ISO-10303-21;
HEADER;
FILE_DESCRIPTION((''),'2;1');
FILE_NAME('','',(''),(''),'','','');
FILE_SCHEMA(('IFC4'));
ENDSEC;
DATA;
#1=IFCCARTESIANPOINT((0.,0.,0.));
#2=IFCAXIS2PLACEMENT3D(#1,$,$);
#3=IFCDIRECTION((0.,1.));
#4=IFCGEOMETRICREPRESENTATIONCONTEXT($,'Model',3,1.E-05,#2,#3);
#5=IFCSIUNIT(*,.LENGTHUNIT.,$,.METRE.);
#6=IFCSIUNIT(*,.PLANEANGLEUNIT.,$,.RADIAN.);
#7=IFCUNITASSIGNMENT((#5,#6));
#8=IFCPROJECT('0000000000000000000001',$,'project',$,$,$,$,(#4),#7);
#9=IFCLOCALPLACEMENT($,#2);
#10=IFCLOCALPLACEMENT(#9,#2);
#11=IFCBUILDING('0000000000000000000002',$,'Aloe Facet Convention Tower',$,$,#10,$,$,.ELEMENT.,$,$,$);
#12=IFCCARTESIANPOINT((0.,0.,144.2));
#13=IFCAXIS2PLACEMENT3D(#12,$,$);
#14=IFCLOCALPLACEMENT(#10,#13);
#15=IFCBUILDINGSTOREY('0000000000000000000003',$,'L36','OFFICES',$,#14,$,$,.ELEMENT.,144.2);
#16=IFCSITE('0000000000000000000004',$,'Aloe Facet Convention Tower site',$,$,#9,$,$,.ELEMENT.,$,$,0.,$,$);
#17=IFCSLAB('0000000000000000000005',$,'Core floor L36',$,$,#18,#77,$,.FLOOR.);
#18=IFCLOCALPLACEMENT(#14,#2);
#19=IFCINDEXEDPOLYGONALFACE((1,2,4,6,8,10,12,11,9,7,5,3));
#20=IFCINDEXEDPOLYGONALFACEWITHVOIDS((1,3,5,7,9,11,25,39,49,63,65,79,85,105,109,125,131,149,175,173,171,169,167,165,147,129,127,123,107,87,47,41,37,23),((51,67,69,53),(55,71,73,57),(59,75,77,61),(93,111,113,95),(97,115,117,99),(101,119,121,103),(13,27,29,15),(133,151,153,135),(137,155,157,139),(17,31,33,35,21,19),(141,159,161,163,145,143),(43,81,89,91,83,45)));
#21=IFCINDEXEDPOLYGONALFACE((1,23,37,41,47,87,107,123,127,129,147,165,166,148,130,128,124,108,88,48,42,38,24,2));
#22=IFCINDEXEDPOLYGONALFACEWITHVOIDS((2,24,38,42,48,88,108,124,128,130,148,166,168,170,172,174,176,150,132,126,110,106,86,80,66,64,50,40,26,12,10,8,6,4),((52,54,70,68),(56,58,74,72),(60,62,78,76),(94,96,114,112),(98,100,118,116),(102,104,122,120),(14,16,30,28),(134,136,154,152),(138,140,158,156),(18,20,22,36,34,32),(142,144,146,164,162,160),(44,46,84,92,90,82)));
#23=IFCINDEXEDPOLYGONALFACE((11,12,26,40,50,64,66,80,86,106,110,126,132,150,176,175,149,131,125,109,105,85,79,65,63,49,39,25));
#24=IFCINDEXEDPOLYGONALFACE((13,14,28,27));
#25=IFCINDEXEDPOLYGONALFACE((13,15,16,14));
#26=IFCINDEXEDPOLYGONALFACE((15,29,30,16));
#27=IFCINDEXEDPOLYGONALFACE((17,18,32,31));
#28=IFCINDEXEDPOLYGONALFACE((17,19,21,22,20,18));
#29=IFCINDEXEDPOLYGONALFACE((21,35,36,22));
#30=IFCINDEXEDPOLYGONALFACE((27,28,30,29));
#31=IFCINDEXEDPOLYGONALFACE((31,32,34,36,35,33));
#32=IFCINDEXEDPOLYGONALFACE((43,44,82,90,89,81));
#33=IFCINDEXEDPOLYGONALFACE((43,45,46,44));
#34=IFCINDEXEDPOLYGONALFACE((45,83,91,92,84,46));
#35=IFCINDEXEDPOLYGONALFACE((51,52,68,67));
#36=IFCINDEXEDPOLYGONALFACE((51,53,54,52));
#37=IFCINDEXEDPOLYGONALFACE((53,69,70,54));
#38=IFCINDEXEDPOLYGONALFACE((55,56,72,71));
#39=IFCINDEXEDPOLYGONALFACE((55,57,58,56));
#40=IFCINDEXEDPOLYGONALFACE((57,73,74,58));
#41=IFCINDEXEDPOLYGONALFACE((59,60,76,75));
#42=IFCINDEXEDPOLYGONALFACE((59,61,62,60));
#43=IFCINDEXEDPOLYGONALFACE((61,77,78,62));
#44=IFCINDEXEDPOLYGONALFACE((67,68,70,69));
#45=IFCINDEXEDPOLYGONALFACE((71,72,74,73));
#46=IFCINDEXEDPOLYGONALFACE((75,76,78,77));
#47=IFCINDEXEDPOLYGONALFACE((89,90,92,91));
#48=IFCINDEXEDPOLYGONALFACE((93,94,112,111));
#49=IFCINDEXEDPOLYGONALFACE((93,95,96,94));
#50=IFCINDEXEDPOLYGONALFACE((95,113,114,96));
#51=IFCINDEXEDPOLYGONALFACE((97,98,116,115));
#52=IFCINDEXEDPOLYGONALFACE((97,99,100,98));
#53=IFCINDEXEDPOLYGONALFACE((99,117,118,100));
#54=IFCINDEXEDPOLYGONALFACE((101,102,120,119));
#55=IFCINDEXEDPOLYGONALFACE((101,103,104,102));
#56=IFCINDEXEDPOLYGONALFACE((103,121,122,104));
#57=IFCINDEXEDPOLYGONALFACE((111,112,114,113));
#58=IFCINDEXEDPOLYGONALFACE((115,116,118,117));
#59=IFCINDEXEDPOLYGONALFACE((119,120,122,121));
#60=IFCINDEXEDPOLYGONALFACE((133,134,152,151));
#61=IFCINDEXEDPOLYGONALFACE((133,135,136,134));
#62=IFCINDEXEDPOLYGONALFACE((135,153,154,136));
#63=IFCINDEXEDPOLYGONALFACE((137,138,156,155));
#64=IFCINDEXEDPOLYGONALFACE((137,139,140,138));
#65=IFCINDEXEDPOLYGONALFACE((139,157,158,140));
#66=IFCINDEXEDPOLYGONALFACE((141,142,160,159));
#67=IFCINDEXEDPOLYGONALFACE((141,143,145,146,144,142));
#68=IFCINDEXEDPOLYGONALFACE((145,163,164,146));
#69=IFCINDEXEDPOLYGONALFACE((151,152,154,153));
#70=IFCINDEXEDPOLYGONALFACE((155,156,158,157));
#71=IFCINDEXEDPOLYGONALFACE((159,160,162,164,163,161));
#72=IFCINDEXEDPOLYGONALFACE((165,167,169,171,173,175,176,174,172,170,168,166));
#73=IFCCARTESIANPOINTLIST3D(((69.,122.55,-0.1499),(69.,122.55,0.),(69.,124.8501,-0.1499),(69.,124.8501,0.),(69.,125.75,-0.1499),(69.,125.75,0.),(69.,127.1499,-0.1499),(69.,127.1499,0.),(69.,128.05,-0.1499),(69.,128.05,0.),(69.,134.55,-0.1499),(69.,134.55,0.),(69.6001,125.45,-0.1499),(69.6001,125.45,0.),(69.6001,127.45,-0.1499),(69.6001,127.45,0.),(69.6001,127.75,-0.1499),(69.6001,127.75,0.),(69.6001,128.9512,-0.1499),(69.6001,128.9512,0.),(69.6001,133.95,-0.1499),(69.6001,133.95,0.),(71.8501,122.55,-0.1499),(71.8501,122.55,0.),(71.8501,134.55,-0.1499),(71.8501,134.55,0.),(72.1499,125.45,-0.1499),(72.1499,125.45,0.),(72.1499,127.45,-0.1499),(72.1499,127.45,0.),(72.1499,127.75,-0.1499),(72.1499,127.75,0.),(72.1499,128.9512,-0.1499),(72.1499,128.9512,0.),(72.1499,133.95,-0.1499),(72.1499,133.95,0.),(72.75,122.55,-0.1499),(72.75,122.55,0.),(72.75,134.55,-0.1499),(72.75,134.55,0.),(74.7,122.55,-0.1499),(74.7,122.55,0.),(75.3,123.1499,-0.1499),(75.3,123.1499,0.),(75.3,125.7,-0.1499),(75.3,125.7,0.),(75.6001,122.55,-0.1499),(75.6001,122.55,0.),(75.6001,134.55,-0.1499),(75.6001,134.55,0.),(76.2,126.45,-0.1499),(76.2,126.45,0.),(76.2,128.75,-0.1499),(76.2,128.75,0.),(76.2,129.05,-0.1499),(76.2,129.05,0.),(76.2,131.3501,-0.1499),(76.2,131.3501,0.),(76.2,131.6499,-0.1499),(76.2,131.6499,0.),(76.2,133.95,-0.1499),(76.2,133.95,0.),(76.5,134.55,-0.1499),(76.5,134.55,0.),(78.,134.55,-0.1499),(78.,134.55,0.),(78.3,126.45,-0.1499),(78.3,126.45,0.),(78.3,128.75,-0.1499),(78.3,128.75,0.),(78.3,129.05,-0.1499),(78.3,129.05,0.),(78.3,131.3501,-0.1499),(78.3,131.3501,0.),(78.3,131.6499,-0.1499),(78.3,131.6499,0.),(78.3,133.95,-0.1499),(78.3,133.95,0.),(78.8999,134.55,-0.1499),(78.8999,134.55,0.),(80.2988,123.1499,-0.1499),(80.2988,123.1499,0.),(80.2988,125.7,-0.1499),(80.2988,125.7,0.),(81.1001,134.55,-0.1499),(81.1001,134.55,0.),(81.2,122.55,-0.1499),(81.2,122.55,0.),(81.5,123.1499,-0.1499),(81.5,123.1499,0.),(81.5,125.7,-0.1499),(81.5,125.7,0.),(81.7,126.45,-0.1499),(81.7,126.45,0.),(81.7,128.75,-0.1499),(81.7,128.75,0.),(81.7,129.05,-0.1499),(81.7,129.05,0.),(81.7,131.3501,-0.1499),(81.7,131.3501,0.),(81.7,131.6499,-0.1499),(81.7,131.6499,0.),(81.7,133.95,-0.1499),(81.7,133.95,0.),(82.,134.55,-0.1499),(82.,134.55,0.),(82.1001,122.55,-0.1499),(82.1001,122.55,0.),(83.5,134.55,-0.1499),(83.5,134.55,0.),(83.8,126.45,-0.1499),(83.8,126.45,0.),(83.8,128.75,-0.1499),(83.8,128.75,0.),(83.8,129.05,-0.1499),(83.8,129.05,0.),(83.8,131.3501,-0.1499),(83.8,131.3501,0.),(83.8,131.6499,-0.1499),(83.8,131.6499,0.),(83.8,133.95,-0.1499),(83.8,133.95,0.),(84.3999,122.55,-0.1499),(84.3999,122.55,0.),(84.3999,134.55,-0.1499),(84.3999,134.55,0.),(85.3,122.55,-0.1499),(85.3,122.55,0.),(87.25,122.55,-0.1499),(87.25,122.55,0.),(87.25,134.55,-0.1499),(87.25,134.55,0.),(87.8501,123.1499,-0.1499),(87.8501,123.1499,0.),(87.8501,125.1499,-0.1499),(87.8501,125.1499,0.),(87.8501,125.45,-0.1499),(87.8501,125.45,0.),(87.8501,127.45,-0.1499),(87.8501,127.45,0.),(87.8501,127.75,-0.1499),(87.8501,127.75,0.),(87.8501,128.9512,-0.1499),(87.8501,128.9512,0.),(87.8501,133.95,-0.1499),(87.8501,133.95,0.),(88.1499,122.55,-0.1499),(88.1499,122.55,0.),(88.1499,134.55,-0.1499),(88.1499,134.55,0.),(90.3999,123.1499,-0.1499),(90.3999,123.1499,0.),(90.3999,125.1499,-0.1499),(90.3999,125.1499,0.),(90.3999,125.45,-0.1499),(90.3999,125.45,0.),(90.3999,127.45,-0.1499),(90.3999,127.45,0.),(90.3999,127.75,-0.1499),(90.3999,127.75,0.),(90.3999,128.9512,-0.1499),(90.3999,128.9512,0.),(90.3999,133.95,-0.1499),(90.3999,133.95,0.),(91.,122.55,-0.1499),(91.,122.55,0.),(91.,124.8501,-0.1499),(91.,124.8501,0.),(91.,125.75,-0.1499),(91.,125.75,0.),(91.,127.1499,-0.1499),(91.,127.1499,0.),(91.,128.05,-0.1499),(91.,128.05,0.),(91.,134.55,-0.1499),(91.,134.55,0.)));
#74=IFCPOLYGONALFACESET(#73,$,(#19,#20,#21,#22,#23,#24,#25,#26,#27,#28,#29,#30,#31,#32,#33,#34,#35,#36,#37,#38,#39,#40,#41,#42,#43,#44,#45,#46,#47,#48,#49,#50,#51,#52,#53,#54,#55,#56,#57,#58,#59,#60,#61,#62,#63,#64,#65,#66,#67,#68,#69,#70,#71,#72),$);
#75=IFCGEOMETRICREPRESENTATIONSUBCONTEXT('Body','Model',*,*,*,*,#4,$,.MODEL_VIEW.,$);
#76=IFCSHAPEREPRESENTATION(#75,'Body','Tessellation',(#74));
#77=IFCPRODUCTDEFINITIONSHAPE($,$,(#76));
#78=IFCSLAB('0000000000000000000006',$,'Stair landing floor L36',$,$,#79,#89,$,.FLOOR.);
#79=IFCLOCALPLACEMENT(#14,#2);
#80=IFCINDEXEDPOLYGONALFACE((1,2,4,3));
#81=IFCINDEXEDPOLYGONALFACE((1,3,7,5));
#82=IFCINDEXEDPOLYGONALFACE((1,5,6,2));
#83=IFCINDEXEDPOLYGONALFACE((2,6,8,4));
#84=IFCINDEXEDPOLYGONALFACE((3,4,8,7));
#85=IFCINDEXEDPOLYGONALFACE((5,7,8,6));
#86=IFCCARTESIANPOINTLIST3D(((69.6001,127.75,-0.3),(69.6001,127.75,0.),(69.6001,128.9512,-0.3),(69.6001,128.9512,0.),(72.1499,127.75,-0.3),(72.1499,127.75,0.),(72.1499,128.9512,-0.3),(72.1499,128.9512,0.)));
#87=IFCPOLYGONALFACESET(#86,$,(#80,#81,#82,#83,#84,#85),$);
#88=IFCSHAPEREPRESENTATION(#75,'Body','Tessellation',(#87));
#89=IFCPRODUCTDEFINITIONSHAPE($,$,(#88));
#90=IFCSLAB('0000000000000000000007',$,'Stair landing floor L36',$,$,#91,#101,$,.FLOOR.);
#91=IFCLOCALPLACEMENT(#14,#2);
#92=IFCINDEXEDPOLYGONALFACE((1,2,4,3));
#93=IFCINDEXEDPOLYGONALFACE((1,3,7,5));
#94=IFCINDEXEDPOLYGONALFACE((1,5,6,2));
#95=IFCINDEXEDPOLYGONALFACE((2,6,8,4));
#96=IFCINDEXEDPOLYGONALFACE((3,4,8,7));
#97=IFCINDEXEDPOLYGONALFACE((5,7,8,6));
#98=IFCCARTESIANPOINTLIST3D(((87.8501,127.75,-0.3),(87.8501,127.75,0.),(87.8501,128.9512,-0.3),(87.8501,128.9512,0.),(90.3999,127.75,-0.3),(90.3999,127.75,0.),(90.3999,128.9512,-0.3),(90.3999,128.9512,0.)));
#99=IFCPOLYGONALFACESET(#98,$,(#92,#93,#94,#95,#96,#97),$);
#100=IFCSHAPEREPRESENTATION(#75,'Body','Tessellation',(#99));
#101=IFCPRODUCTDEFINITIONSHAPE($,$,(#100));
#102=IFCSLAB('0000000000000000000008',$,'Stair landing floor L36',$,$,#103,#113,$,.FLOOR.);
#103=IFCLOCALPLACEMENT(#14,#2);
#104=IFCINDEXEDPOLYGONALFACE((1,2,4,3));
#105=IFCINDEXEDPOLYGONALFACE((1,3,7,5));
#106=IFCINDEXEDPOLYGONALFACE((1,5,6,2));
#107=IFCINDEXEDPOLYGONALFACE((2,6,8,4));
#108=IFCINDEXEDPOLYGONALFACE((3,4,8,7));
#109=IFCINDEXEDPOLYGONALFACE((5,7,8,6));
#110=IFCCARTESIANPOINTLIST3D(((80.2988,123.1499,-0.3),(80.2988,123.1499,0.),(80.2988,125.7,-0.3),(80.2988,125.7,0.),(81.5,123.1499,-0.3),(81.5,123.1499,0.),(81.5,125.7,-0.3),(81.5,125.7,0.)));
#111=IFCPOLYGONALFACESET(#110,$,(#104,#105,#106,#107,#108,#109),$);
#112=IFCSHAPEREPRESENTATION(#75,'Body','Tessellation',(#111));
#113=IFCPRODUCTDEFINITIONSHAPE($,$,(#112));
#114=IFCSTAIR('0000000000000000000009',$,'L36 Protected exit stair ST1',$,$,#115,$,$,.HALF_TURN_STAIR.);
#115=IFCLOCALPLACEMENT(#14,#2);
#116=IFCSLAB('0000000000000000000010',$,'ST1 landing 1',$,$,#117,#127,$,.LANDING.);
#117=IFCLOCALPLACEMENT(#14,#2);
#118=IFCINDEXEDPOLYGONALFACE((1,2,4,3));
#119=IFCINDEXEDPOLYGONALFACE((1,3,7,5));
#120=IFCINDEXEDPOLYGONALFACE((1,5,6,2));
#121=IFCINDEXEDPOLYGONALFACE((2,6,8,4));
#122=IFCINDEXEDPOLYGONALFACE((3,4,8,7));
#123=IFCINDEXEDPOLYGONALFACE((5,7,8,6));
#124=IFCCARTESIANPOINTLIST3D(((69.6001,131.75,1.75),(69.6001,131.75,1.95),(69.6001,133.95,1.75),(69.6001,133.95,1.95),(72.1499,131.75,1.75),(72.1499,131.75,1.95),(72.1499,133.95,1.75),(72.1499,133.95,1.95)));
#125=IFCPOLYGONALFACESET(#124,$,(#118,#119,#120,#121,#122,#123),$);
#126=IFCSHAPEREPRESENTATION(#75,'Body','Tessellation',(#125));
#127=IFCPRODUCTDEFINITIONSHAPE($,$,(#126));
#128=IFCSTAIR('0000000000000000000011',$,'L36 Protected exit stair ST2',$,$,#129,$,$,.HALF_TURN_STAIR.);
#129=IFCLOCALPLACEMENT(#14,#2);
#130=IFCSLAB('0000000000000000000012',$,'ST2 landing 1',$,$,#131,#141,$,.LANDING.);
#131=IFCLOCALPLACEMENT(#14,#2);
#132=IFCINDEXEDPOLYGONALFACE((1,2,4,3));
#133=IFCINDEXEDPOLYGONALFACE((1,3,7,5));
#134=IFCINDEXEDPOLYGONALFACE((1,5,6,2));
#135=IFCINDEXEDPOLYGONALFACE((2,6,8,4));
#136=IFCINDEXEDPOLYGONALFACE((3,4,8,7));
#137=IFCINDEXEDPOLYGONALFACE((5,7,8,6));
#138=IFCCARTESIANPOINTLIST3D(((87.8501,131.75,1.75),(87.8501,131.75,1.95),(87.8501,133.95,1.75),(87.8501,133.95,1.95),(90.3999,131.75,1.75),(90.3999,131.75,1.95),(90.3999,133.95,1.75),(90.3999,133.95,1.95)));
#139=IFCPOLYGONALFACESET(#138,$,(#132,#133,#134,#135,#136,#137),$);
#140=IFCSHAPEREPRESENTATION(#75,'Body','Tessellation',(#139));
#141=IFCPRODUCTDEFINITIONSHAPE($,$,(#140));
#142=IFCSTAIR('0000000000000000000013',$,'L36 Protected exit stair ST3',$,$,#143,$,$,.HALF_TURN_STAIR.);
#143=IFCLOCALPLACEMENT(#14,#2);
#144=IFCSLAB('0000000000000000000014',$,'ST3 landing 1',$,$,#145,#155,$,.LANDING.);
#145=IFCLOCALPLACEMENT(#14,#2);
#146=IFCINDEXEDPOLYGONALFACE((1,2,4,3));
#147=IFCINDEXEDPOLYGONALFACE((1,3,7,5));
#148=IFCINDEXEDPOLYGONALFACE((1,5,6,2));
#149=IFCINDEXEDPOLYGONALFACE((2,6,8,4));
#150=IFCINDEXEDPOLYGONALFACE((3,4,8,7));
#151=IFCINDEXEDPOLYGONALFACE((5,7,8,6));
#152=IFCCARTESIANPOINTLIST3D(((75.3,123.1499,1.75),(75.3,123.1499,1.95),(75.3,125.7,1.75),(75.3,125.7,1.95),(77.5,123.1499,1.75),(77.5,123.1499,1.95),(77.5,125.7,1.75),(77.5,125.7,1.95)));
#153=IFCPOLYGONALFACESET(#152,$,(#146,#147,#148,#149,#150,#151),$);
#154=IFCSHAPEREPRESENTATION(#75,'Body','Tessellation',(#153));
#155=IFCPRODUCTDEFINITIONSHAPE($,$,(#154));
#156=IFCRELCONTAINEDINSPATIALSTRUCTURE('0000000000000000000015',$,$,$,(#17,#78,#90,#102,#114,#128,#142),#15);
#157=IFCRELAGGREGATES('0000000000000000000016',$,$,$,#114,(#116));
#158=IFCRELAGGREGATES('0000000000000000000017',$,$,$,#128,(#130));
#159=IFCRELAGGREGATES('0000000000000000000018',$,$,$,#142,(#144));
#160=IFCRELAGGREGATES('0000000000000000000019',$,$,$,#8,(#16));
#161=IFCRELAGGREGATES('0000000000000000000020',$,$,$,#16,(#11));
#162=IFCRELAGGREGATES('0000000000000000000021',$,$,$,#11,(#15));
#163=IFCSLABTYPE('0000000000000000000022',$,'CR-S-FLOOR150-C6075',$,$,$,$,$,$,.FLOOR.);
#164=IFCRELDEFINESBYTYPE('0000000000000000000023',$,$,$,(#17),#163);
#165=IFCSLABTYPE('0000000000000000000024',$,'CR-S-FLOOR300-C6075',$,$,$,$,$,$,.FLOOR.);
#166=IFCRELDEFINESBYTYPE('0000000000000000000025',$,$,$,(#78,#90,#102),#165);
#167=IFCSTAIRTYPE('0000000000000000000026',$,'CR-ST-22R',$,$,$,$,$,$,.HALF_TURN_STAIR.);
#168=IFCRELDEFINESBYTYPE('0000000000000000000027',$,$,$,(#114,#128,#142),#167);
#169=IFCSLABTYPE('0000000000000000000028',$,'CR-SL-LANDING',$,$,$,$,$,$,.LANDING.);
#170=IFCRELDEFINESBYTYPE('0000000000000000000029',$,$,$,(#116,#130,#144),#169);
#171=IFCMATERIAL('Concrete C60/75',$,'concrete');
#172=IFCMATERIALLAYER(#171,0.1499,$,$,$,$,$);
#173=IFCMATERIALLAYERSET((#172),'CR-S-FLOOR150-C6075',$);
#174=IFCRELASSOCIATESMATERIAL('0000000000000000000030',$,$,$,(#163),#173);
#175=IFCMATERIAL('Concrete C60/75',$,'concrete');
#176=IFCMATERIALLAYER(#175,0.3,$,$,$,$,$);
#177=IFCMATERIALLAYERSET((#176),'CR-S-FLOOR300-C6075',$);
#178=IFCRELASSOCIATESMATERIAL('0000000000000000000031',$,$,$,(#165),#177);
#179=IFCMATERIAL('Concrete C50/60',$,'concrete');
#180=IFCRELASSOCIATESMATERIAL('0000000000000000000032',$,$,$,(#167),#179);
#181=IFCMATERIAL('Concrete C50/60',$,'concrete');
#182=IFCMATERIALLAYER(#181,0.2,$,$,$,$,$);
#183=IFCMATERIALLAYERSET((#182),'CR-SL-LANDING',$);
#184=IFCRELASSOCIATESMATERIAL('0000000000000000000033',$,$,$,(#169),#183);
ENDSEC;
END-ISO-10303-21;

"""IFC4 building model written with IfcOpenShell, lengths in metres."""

from ifc_helpers import new_model, si_unit, direction, frame, origin, place, context, subcontext, project, spatial, polyline, outline, extrude, material, layer, layer_set, type_object, element, aggregate, save


model = new_model("IFC4")

# Units and contexts
model_context = context("Model", 3, precision=1e-05, world=origin(), true_north=direction((0.0, 1.0)))
body_context = subcontext(model_context, "Body", "Model", "MODEL_VIEW")
ifc_project = project(units=[si_unit("LENGTHUNIT", "METRE"), si_unit("PLANEANGLEUNIT", "RADIAN")], contexts=[model_context])

# Site, building, storey
site_placement = place(None, origin())
site = spatial("IfcSite", under=ifc_project, at=site_placement, Name="Aloe Facet Convention Tower site", CompositionType="ELEMENT", RefElevation=0.0)
building_placement = place(site_placement, origin())
building = spatial("IfcBuilding", under=site, at=building_placement, Name="Aloe Facet Convention Tower", CompositionType="ELEMENT")
storey_placement = place(building_placement, frame((0.0, 0.0, 144.2)))
storey = spatial("IfcBuildingStorey", under=building, at=storey_placement, Name="L36", Description="OFFICES", CompositionType="ELEMENT", Elevation=144.2)

# Slabs
ifc_material_1 = material(Name="Concrete C60/75", Category="concrete")
ifc_layer_1 = layer(ifc_material_1, 0.1499)
ifc_layer_set_1 = layer_set([ifc_layer_1], Name="CR-S-FLOOR150-C6075")
slab_type_1 = type_object("IfcSlabType", Name="CR-S-FLOOR150-C6075", PredefinedType="FLOOR", material=ifc_layer_set_1)
slab_1_placement = place(storey_placement, frame((0.0, 0.0, -0.1499)))
element("IfcSlab", 1, at=slab_1_placement, inside=storey, type_object=slab_type_1, Name="Core floor L36", PredefinedType="FLOOR", context=body_context, shape_type="SweptSolid", body=[
    extrude(outline(polyline([(71.8501, 134.55), (72.75, 134.55), (75.6001, 134.55), (76.5, 134.55), (78.0, 134.55), (78.8999, 134.55), (81.1001, 134.55), (82.0, 134.55), (83.5, 134.55), (84.3999, 134.55), (87.25, 134.55), (88.1499, 134.55), (91.0, 134.55), (91.0, 128.05), (91.0, 127.1499), (91.0, 125.75), (91.0, 124.8501), (91.0, 122.55), (88.1499, 122.55), (87.25, 122.55), (85.3, 122.55), (84.3999, 122.55), (82.1001, 122.55), (81.2, 122.55), (75.6001, 122.55), (74.7, 122.55), (72.75, 122.55), (71.8501, 122.55), (69.0, 122.55), (69.0, 124.8501), (69.0, 125.75), (69.0, 127.1499), (69.0, 128.05), (69.0, 134.55), (71.8501, 134.55)]), holes=[polyline([(80.2988, 123.1499), (81.5, 123.1499), (81.5, 125.7), (80.2988, 125.7), (75.3, 125.7), (75.3, 123.1499), (80.2988, 123.1499)]), polyline([(69.6001, 125.45), (72.1499, 125.45), (72.1499, 127.45), (69.6001, 127.45), (69.6001, 125.45)]), polyline([(76.2, 126.45), (78.3, 126.45), (78.3, 128.75), (76.2, 128.75), (76.2, 126.45)]), polyline([(78.3, 129.05), (78.3, 131.3501), (76.2, 131.3501), (76.2, 129.05), (78.3, 129.05)]), polyline([(69.6001, 133.95), (69.6001, 128.9512), (69.6001, 127.75), (72.1499, 127.75), (72.1499, 128.9512), (72.1499, 133.95), (69.6001, 133.95)]), polyline([(76.2, 131.6499), (78.3, 131.6499), (78.3, 133.95), (76.2, 133.95), (76.2, 131.6499)]), polyline([(90.3999, 123.1499), (90.3999, 125.1499), (87.8501, 125.1499), (87.8501, 123.1499), (90.3999, 123.1499)]), polyline([(87.8501, 125.45), (90.3999, 125.45), (90.3999, 127.45), (87.8501, 127.45), (87.8501, 125.45)]), polyline([(81.7, 126.45), (83.8, 126.45), (83.8, 128.75), (81.7, 128.75), (81.7, 126.45)]), polyline([(83.8, 129.05), (83.8, 131.3501), (81.7, 131.3501), (81.7, 129.05), (83.8, 129.05)]), polyline([(87.8501, 133.95), (87.8501, 128.9512), (87.8501, 127.75), (90.3999, 127.75), (90.3999, 128.9512), (90.3999, 133.95), (87.8501, 133.95)]), polyline([(81.7, 131.6499), (83.8, 131.6499), (83.8, 133.95), (81.7, 133.95), (81.7, 131.6499)])]), origin(), (0.0, 0.0, 1.0), 0.1499),
])
ifc_material_2 = material(Name="Concrete C60/75", Category="concrete")
ifc_layer_2 = layer(ifc_material_2, 0.3)
ifc_layer_set_2 = layer_set([ifc_layer_2], Name="CR-S-FLOOR300-C6075")
slab_type_2 = type_object("IfcSlabType", Name="CR-S-FLOOR300-C6075", PredefinedType="FLOOR", material=ifc_layer_set_2)
slab_2_placement = place(storey_placement, frame((0.0, 0.0, -0.3)))
element("IfcSlab", 2, at=slab_2_placement, inside=storey, type_object=slab_type_2, Name="Stair landing floor L36", PredefinedType="FLOOR", context=body_context, shape_type="SweptSolid", body=[
    extrude(outline(polyline([(72.1499, 127.75), (72.1499, 128.9512), (69.6001, 128.9512), (69.6001, 127.75), (72.1499, 127.75)])), origin(), (0.0, 0.0, 1.0), 0.3),
])
slab_3_placement = place(storey_placement, frame((0.0, 0.0, -0.3)))
element("IfcSlab", 3, at=slab_3_placement, inside=storey, type_object=slab_type_2, Name="Stair landing floor L36", PredefinedType="FLOOR", context=body_context, shape_type="SweptSolid", body=[
    extrude(outline(polyline([(90.3999, 127.75), (90.3999, 128.9512), (87.8501, 128.9512), (87.8501, 127.75), (90.3999, 127.75)])), origin(), (0.0, 0.0, 1.0), 0.3),
])
slab_4_placement = place(storey_placement, frame((0.0, 0.0, -0.3)))
element("IfcSlab", 4, at=slab_4_placement, inside=storey, type_object=slab_type_2, Name="Stair landing floor L36", PredefinedType="FLOOR", context=body_context, shape_type="SweptSolid", body=[
    extrude(outline(polyline([(81.5, 125.7), (80.2988, 125.7), (80.2988, 123.1499), (81.5, 123.1499), (81.5, 125.7)])), origin(), (0.0, 0.0, 1.0), 0.3),
])

# Stairs, slabs
ifc_material_3 = material(Name="Concrete C50/60", Category="concrete")
stair_type = type_object("IfcStairType", Name="CR-ST-22R", PredefinedType="HALF_TURN_STAIR", material=ifc_material_3)
stair_1_placement = place(storey_placement, origin())
stair_1 = element("IfcStair", 5, at=stair_1_placement, inside=storey, type_object=stair_type, Name="L36 Protected exit stair ST1", PredefinedType="HALF_TURN_STAIR")
ifc_material_4 = material(Name="Concrete C50/60", Category="concrete")
ifc_layer_3 = layer(ifc_material_4, 0.2)
ifc_layer_set_3 = layer_set([ifc_layer_3], Name="CR-SL-LANDING")
slab_type_3 = type_object("IfcSlabType", Name="CR-SL-LANDING", PredefinedType="LANDING", material=ifc_layer_set_3)
slab_5_placement = place(storey_placement, frame((0.0, 0.0, 1.75)))
slab_5 = element("IfcSlab", 6, at=slab_5_placement, type_object=slab_type_3, Name="ST1 landing 1", PredefinedType="LANDING", context=body_context, shape_type="SweptSolid", body=[
    extrude(outline(polyline([(72.1499, 131.75), (72.1499, 133.95), (69.6001, 133.95), (69.6001, 131.75), (72.1499, 131.75)])), origin(), (0.0, 0.0, 1.0), 0.2),
])
aggregate(stair_1, [slab_5])
stair_2_placement = place(storey_placement, origin())
stair_2 = element("IfcStair", 7, at=stair_2_placement, inside=storey, type_object=stair_type, Name="L36 Protected exit stair ST2", PredefinedType="HALF_TURN_STAIR")
slab_6_placement = place(storey_placement, frame((0.0, 0.0, 1.75)))
slab_6 = element("IfcSlab", 8, at=slab_6_placement, type_object=slab_type_3, Name="ST2 landing 1", PredefinedType="LANDING", context=body_context, shape_type="SweptSolid", body=[
    extrude(outline(polyline([(90.3999, 131.75), (90.3999, 133.95), (87.8501, 133.95), (87.8501, 131.75), (90.3999, 131.75)])), origin(), (0.0, 0.0, 1.0), 0.2),
])
aggregate(stair_2, [slab_6])
stair_3_placement = place(storey_placement, origin())
stair_3 = element("IfcStair", 9, at=stair_3_placement, inside=storey, type_object=stair_type, Name="L36 Protected exit stair ST3", PredefinedType="HALF_TURN_STAIR")
slab_7_placement = place(storey_placement, frame((0.0, 0.0, 1.75)))
slab_7 = element("IfcSlab", 10, at=slab_7_placement, type_object=slab_type_3, Name="ST3 landing 1", PredefinedType="LANDING", context=body_context, shape_type="SweptSolid", body=[
    extrude(outline(polyline([(77.5, 125.7), (75.3, 125.7), (75.3, 123.1499), (77.5, 123.1499), (77.5, 125.7)])), origin(), (0.0, 0.0, 1.0), 0.2),
])
aggregate(stair_3, [slab_7])

save(model, "model.ifc")
